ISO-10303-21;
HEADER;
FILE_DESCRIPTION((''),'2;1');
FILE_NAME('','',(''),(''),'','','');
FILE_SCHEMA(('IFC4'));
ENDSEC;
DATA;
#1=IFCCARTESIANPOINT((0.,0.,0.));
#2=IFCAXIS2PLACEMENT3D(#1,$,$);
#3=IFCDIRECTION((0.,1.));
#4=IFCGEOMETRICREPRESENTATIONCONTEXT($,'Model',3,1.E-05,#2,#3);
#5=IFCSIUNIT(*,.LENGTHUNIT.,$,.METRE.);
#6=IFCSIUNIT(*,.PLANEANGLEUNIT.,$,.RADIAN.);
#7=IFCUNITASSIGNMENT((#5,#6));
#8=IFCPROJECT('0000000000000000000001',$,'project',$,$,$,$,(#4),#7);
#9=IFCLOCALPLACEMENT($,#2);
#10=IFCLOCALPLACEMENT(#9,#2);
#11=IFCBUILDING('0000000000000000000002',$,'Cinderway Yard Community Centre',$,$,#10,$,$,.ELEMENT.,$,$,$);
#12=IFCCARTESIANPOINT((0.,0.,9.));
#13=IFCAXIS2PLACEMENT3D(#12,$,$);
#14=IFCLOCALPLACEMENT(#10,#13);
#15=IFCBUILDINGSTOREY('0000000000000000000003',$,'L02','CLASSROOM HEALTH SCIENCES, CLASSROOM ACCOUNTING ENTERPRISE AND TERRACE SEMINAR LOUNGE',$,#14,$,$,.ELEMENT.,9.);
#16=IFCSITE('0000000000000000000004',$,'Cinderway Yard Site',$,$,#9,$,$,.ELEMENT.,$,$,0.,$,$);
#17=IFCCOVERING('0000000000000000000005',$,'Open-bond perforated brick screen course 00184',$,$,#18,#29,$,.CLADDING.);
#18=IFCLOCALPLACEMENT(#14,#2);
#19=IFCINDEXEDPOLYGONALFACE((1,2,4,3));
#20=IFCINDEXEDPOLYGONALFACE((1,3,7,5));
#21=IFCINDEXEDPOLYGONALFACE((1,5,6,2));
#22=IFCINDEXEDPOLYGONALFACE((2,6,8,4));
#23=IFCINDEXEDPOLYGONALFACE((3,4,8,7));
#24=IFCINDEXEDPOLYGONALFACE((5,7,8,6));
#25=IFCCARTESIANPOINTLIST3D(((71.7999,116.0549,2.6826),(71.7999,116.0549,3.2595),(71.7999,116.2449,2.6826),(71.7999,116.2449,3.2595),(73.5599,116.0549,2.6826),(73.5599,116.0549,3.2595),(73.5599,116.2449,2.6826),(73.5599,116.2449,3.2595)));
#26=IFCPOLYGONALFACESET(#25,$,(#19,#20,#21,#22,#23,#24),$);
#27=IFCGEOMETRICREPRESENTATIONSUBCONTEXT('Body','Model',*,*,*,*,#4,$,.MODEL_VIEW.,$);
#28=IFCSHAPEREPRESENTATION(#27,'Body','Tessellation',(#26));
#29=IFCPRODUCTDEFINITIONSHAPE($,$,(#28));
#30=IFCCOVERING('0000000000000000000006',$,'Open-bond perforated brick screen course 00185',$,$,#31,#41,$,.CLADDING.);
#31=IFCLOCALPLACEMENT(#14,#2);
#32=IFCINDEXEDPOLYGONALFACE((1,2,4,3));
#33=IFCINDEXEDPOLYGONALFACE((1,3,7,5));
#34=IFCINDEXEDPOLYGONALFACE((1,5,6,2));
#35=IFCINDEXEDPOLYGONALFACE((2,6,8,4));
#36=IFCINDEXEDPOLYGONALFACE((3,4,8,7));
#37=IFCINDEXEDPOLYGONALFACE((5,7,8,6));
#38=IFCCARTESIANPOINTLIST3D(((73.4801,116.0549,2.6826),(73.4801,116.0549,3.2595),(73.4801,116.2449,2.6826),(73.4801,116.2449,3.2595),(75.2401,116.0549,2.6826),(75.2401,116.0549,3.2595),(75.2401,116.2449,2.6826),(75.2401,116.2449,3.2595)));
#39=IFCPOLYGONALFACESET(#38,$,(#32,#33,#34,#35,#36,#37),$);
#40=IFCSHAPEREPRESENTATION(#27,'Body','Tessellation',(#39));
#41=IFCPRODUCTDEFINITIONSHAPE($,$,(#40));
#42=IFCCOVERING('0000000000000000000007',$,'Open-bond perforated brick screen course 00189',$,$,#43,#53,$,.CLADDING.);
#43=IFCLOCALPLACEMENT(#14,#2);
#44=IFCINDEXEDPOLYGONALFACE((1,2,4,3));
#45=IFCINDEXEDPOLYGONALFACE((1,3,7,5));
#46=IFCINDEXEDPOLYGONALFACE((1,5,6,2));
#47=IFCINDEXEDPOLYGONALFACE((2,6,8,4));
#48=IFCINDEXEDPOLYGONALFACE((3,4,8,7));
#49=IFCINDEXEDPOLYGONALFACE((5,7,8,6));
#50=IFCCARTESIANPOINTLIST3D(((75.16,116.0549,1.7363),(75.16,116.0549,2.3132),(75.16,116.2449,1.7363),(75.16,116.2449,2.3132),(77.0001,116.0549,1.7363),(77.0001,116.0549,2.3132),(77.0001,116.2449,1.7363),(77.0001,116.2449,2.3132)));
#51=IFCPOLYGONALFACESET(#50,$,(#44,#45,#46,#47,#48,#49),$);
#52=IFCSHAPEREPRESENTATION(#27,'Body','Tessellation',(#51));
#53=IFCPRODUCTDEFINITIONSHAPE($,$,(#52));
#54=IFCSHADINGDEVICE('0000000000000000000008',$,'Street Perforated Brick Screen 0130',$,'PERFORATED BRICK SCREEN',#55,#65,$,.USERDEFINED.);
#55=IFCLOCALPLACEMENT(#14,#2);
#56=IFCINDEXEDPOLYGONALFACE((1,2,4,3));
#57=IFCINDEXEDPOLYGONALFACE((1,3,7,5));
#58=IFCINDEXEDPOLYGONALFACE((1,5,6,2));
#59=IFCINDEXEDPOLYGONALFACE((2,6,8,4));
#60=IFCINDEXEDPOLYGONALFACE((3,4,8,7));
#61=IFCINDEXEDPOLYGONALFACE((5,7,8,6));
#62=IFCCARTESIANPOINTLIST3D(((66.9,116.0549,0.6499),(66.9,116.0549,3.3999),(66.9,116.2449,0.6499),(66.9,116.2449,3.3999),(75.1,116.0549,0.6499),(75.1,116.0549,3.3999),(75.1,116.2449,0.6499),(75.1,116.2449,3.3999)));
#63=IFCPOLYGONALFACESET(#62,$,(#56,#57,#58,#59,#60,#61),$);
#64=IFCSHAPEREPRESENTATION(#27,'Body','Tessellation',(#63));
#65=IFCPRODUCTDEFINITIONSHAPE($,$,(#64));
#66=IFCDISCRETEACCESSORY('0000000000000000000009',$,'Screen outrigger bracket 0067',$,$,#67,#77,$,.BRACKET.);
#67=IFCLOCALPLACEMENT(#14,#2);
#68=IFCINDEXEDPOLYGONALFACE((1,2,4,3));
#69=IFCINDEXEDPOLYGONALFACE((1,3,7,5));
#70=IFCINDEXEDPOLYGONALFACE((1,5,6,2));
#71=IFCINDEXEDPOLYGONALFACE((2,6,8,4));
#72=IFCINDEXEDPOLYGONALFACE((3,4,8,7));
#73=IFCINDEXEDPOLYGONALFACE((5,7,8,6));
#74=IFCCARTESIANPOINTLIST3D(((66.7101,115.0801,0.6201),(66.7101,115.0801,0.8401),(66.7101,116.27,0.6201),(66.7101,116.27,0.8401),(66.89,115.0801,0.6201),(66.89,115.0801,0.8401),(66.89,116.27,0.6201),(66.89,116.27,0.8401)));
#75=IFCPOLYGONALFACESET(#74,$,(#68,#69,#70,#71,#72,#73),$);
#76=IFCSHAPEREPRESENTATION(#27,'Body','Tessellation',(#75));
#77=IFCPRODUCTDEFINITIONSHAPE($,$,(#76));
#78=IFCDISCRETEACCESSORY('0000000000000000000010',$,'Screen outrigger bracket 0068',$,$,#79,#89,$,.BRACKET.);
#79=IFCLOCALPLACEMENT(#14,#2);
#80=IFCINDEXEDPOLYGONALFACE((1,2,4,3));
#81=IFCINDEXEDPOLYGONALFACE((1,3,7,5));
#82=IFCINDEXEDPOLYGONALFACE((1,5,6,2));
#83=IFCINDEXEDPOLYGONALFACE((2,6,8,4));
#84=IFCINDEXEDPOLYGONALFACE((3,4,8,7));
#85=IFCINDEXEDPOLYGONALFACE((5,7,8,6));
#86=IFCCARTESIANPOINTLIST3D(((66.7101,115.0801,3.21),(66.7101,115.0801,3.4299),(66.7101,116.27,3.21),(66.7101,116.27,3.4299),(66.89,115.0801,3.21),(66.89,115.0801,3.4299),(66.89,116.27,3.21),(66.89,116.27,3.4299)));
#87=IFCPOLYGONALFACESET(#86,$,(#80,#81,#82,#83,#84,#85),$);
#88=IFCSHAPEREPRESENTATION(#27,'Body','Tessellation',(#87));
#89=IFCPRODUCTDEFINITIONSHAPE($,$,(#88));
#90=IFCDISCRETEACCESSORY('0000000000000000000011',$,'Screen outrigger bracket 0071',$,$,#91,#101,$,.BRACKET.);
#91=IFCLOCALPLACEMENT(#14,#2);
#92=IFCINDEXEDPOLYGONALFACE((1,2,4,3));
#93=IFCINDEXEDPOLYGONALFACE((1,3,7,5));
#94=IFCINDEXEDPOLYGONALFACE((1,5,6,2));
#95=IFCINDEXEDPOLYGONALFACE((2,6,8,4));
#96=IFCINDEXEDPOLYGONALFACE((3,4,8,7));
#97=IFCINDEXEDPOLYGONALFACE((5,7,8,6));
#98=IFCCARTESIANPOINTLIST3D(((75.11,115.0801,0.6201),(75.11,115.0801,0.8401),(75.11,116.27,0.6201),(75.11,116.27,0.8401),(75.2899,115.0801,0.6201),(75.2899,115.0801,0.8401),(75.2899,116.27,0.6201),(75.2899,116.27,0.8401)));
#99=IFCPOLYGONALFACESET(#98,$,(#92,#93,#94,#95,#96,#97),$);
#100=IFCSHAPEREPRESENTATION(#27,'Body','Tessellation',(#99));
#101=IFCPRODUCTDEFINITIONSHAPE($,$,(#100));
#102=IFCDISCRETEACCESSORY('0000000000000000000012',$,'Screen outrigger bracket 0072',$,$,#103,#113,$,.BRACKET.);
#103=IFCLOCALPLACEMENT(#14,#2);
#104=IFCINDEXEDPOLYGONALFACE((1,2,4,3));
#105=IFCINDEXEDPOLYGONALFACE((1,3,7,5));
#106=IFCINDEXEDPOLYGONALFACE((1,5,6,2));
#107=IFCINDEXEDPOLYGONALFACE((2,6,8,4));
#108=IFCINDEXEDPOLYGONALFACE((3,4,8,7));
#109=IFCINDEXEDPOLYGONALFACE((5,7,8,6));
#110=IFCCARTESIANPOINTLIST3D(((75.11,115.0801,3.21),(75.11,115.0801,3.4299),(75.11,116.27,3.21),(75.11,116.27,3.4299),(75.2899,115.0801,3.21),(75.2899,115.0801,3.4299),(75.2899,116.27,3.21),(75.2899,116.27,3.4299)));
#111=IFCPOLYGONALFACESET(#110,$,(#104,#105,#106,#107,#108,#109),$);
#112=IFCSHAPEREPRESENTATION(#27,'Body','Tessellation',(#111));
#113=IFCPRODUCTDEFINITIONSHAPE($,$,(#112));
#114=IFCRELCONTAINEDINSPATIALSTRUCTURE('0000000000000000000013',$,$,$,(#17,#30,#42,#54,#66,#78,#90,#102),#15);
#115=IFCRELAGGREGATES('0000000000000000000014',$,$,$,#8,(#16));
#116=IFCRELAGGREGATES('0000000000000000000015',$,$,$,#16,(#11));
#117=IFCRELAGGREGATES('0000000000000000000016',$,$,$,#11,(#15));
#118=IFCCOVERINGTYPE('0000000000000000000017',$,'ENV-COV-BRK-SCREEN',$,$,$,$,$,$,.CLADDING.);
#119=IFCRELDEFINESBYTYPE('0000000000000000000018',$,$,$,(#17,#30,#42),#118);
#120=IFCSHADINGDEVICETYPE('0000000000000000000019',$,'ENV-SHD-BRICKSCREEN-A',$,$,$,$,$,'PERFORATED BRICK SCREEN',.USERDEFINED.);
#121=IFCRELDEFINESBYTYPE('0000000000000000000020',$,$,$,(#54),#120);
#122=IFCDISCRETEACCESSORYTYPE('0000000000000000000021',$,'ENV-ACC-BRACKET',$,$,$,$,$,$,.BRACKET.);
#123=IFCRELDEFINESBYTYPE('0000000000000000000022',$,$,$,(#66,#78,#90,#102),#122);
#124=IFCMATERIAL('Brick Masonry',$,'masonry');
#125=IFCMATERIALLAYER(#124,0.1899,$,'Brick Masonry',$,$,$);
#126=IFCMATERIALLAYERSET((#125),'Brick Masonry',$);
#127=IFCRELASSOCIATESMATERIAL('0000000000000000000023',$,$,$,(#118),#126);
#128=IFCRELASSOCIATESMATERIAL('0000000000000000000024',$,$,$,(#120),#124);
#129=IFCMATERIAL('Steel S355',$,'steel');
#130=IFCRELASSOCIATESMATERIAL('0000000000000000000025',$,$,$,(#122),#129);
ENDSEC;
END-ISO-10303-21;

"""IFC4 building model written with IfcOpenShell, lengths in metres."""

from ifc_helpers import new_model, si_unit, direction, frame, origin, origin_2d, place, context, subcontext, project, spatial, rectangle, extrude, material, layer, layer_set, type_object, element, save


model = new_model("IFC4")

# Units and contexts
model_context = context("Model", 3, precision=1e-05, world=origin(), true_north=direction((0.0, 1.0)))
body_context = subcontext(model_context, "Body", "Model", "MODEL_VIEW")
ifc_project = project(units=[si_unit("LENGTHUNIT", "METRE"), si_unit("PLANEANGLEUNIT", "RADIAN")], contexts=[model_context])

# Site, building, storey
site_placement = place(None, origin())
site = spatial("IfcSite", under=ifc_project, at=site_placement, Name="Cinderway Yard Site", CompositionType="ELEMENT", RefElevation=0.0)
building_placement = place(site_placement, origin())
building = spatial("IfcBuilding", under=site, at=building_placement, Name="Cinderway Yard Community Centre", CompositionType="ELEMENT")
storey_placement = place(building_placement, frame((0.0, 0.0, 9.0)))
storey = spatial("IfcBuildingStorey", under=building, at=storey_placement, Name="L02", Description="CLASSROOM HEALTH SCIENCES, CLASSROOM ACCOUNTING ENTERPRISE AND TERRACE SEMINAR LOUNGE", CompositionType="ELEMENT", Elevation=9.0)

# Shared definitions
ifc_material_1 = material(Name="Steel S355", Category="steel")

# Coverings
ifc_material_2 = material(Name="Brick Masonry", Category="masonry")
ifc_layer_1 = layer(ifc_material_2, 0.1899, Name="Brick Masonry")
ifc_layer_set_1 = layer_set([ifc_layer_1], Name="Brick Masonry")
covering_type = type_object("IfcCoveringType", Name="ENV-COV-BRK-SCREEN", PredefinedType="CLADDING", material=ifc_layer_set_1)
for number, where, z_axis, x_axis, name in (
    (1, (72.6799, 116.1499, 2.6826), (0.0, 0.0, 1.0), (1.0, 0.0, 0.0), "Open-bond perforated brick screen course 00184"),
    (2, (74.3601, 116.1499, 2.6826), (0.0, 0.0, 1.0), (1.0, 0.0, 0.0), "Open-bond perforated brick screen course 00185"),
):
    element("IfcCovering", number, at=place(storey_placement, frame(where, z_axis=z_axis, x_axis=x_axis)), inside=storey, type_object=covering_type, Name=name, PredefinedType="CLADDING", context=body_context, shape_type="SweptSolid", body=[
        extrude(rectangle(XDim=1.76, YDim=0.1899, at=origin_2d()), origin(), (0.0, 0.0, 1.0), 0.5769),
    ])
covering_placement = place(storey_placement, frame((76.0801, 116.1499, 1.7363), z_axis=(0.0, 0.0, 1.0), x_axis=(1.0, 0.0, 0.0)))
element("IfcCovering", 3, at=covering_placement, inside=storey, type_object=covering_type, Name="Open-bond perforated brick screen course 00189", PredefinedType="CLADDING", context=body_context, shape_type="SweptSolid", body=[
    extrude(rectangle(XDim=1.8401, YDim=0.1899, at=origin_2d()), origin(), (0.0, 0.0, 1.0), 0.5769),
])

# Shading device
shading_device_type = type_object("IfcShadingDeviceType", Name="ENV-SHD-BRICKSCREEN-A", ElementType="PERFORATED BRICK SCREEN", PredefinedType="USERDEFINED", material=ifc_material_2)
shading_device_placement = place(storey_placement, frame((71.0, 116.1499, 0.6499), z_axis=(0.0, 0.0, 1.0), x_axis=(1.0, 0.0, 0.0)))
element("IfcShadingDevice", 4, at=shading_device_placement, inside=storey, type_object=shading_device_type, Name="Street Perforated Brick Screen 0130", ObjectType="PERFORATED BRICK SCREEN", PredefinedType="USERDEFINED", context=body_context, shape_type="SweptSolid", body=[
    extrude(rectangle(XDim=8.2, YDim=0.1899, at=origin_2d()), origin(), (0.0, 0.0, 1.0), 2.75),
])

# Discrete accessories
discrete_accessory_type = type_object("IfcDiscreteAccessoryType", Name="ENV-ACC-BRACKET", PredefinedType="BRACKET", material=ifc_material_1)
for number, where, z_axis, x_axis, name in (
    (5, (66.8, 115.675, 0.6201), (0.0, 0.0, 1.0), (0.0, 1.0, 0.0), "Screen outrigger bracket 0067"),
    (6, (66.8, 115.675, 3.21), (0.0, 0.0, 1.0), (0.0, 1.0, 0.0), "Screen outrigger bracket 0068"),
    (7, (75.2, 115.675, 0.6201), (0.0, 0.0, 1.0), (0.0, 1.0, 0.0), "Screen outrigger bracket 0071"),
    (8, (75.2, 115.675, 3.21), (0.0, 0.0, 1.0), (0.0, 1.0, 0.0), "Screen outrigger bracket 0072"),
):
    element("IfcDiscreteAccessory", number, at=place(storey_placement, frame(where, z_axis=z_axis, x_axis=x_axis)), inside=storey, type_object=discrete_accessory_type, Name=name, PredefinedType="BRACKET", context=body_context, shape_type="SweptSolid", body=[
        extrude(rectangle(XDim=1.1899, YDim=0.1799, at=origin_2d()), origin(), (0.0, 0.0, 1.0), 0.22),
    ])

save(model, "model.ifc")
